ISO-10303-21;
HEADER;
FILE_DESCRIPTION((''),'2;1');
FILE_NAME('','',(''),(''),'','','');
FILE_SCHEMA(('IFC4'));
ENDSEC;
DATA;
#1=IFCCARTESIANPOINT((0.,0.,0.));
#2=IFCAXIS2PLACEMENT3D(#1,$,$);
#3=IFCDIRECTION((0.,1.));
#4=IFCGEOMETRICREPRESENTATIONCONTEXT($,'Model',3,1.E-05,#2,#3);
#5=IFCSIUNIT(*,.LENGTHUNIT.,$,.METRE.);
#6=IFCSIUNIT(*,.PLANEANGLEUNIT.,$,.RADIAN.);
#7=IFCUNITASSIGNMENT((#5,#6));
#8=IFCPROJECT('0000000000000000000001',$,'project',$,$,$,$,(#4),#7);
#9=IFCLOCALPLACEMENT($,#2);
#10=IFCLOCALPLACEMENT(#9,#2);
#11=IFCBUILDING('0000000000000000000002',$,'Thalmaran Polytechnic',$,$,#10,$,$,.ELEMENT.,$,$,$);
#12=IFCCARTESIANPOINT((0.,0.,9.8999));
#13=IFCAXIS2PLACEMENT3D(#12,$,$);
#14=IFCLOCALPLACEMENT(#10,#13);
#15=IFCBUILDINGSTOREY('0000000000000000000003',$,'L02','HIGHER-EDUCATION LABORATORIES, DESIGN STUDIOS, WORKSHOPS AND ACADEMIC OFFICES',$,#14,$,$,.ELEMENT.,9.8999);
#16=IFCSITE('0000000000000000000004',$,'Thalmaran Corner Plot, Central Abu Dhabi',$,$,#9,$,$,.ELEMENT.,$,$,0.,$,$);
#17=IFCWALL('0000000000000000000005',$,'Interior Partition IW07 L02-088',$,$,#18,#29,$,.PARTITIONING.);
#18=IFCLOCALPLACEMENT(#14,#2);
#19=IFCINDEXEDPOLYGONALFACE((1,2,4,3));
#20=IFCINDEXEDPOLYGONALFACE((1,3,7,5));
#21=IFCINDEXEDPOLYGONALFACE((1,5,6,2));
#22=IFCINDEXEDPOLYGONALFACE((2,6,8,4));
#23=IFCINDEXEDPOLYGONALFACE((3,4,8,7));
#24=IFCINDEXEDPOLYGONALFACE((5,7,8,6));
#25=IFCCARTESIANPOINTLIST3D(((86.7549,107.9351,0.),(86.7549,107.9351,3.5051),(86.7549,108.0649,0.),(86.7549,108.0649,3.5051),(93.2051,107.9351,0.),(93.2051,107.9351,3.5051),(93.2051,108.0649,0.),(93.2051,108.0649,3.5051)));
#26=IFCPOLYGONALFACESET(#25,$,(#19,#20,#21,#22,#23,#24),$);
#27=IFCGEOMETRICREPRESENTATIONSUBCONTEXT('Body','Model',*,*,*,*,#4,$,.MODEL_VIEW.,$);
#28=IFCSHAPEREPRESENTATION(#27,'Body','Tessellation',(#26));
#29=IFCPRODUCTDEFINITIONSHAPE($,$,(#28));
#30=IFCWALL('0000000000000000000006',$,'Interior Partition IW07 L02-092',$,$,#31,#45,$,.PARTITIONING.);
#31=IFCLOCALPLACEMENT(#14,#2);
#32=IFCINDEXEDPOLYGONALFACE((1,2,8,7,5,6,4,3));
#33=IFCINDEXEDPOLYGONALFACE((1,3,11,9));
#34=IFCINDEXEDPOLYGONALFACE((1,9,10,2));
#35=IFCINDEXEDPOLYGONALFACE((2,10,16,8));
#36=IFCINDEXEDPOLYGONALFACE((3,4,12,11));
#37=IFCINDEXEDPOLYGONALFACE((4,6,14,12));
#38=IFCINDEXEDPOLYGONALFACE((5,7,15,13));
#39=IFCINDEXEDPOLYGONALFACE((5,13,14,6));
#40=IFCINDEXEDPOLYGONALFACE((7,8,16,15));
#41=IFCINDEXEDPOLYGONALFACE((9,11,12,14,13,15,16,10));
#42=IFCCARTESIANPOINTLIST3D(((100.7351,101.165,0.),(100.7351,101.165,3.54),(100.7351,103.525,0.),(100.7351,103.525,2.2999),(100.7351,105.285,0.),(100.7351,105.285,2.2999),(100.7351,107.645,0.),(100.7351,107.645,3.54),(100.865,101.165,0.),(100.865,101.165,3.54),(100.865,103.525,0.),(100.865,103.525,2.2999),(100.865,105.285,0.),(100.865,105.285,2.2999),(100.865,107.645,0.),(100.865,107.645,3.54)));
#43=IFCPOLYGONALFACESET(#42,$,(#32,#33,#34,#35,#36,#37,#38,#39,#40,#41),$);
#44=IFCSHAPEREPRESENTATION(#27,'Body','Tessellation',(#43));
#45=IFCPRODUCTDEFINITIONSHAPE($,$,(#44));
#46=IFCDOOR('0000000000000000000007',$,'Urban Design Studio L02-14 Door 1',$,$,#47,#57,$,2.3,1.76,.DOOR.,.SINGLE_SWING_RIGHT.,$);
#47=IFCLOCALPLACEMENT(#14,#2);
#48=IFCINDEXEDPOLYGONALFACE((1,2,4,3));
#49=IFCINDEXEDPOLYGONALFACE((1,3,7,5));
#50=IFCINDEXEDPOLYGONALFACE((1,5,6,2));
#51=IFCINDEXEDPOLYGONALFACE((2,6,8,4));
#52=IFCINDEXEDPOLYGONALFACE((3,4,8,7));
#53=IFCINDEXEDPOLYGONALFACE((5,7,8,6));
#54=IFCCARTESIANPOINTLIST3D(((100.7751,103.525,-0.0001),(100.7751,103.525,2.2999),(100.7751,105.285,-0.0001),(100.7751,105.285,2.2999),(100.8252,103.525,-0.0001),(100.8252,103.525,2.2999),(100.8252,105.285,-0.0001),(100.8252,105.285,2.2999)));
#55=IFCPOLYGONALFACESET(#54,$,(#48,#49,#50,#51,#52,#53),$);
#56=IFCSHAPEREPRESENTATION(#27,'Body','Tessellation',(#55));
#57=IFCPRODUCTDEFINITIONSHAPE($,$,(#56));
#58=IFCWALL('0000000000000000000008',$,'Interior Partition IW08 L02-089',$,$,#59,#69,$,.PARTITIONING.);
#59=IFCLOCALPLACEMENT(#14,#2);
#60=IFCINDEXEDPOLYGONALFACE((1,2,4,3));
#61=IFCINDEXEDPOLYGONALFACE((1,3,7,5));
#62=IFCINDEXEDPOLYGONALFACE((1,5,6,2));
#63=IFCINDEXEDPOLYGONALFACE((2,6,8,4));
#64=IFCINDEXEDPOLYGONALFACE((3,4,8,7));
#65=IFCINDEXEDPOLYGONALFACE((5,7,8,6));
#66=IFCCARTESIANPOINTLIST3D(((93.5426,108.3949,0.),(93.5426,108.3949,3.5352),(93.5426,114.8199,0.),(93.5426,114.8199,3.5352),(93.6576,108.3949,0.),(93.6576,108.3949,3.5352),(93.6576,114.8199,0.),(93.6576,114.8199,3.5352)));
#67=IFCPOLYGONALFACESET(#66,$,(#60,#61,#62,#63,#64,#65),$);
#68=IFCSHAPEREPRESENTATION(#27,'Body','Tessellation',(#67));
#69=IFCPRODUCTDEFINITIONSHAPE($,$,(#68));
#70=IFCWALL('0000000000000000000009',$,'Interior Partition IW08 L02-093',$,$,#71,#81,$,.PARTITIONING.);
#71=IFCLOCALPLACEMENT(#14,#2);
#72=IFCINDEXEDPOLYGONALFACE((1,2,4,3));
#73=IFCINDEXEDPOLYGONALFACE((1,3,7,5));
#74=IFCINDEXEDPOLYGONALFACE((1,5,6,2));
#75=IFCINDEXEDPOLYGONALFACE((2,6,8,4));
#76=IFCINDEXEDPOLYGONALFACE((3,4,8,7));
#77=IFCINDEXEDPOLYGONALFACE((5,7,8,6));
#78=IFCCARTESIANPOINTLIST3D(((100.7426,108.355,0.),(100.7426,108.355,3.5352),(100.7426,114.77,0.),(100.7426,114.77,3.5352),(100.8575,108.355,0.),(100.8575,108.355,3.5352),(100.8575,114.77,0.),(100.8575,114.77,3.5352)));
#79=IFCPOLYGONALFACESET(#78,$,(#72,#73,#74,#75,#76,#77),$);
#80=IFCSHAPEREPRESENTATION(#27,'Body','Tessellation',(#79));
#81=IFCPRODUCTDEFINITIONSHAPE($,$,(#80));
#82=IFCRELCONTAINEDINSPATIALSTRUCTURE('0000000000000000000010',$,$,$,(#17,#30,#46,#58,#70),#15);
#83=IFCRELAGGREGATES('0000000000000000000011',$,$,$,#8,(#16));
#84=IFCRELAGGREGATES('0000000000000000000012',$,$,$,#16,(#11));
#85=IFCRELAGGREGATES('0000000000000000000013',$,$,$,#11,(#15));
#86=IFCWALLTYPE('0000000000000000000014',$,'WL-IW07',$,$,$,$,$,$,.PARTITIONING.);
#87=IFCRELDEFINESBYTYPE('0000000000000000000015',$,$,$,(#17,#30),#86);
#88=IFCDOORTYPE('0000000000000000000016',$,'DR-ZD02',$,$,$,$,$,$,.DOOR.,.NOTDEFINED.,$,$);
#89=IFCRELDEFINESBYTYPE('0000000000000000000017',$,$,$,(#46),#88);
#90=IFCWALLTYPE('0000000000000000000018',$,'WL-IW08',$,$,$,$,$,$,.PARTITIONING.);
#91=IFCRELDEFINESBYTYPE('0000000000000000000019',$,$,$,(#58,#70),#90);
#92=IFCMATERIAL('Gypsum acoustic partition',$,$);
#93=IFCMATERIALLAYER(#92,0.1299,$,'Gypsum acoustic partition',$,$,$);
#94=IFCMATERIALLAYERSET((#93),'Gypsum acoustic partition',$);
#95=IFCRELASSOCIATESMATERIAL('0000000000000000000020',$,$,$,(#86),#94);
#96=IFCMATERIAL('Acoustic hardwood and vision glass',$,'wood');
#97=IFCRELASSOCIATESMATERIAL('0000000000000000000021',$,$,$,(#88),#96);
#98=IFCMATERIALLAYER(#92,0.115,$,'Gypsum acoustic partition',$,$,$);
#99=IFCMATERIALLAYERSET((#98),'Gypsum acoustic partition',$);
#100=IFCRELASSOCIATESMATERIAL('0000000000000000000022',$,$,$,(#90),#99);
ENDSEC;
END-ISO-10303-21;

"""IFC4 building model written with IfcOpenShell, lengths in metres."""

from ifc_helpers import new_model, si_unit, direction, frame, frame_2d, origin, place, context, subcontext, project, spatial, rectangle, extrude, material, layer, layer_set, type_object, element, fill, save


model = new_model("IFC4")

# Units and contexts
model_context = context("Model", 3, precision=1e-05, world=origin(), true_north=direction((0.0, 1.0)))
body_context = subcontext(model_context, "Body", "Model", "MODEL_VIEW")
ifc_project = project(units=[si_unit("LENGTHUNIT", "METRE"), si_unit("PLANEANGLEUNIT", "RADIAN")], contexts=[model_context])

# Site, building, storey
site_placement = place(None, origin())
site = spatial("IfcSite", under=ifc_project, at=site_placement, Name="Thalmaran Corner Plot, Central Abu Dhabi", CompositionType="ELEMENT", RefElevation=0.0)
building_placement = place(site_placement, origin())
building = spatial("IfcBuilding", under=site, at=building_placement, Name="Thalmaran Polytechnic", CompositionType="ELEMENT")
storey_placement = place(building_placement, frame((0.0, 0.0, 9.8999)))
storey = spatial("IfcBuildingStorey", under=building, at=storey_placement, Name="L02", Description="HIGHER-EDUCATION LABORATORIES, DESIGN STUDIOS, WORKSHOPS AND ACADEMIC OFFICES", CompositionType="ELEMENT", Elevation=9.8999)

# Wall
ifc_material_1 = material(Name="Gypsum acoustic partition")
ifc_layer_1 = layer(ifc_material_1, 0.1299, Name="Gypsum acoustic partition")
ifc_layer_set_1 = layer_set([ifc_layer_1], Name="Gypsum acoustic partition")
wall_type_1 = type_object("IfcWallType", Name="WL-IW07", PredefinedType="PARTITIONING", material=ifc_layer_set_1)
wall_1_placement = place(storey_placement, frame((86.7549, 108.0, 0.0), z_axis=(0.0, 0.0, 1.0), x_axis=(1.0, 0.0, 0.0)))
element("IfcWall", 1, at=wall_1_placement, inside=storey, type_object=wall_type_1, Name="Interior Partition IW07 L02-088", PredefinedType="PARTITIONING", context=body_context, shape_type="SweptSolid", body=[
    extrude(rectangle(XDim=6.4502, YDim=0.1299, at=frame_2d((3.2251, 0.0))), origin(), (0.0, 0.0, 1.0), 3.5051),
])

# Wall, opening, door
wall_2_placement = place(storey_placement, frame((100.8, 101.165, 0.0), z_axis=(0.0, 0.0, 1.0), x_axis=(0.0, 1.0, 0.0)))
wall_2 = element("IfcWall", 2, at=wall_2_placement, inside=storey, type_object=wall_type_1, Name="Interior Partition IW07 L02-092", PredefinedType="PARTITIONING", context=body_context, shape_type="SweptSolid", body=[
    extrude(rectangle(XDim=6.48, YDim=0.1299, at=frame_2d((3.24, 0.0))), origin(), (0.0, 0.0, 1.0), 3.54),
])
opening_placement = place(wall_2_placement, frame((2.3601, 0.0, 0.0)))
opening = element("IfcOpeningElement", 3, at=opening_placement, cuts=wall_2, PredefinedType="OPENING", context=body_context, shape_type="SweptSolid", body=[
    extrude(rectangle(XDim=1.76, YDim=2.3, at=frame_2d((0.8799, 1.1499))), frame((0.0, 0.075, 0.0), z_axis=(0.0, -1.0, 0.0), x_axis=(1.0, 0.0, 0.0)), (0.0, 0.0, 1.0), 0.1499),
])
ifc_material_2 = material(Name="Acoustic hardwood and vision glass", Category="wood")
door_type = type_object("IfcDoorType", Name="DR-ZD02", OperationType="NOTDEFINED", PredefinedType="DOOR", material=ifc_material_2)
door_placement = place(opening_placement, origin())
door = element("IfcDoor", 4, at=door_placement, inside=storey, type_object=door_type, Name="Urban Design Studio L02-14 Door 1", OperationType="SINGLE_SWING_RIGHT", OverallHeight=2.3, OverallWidth=1.76, PredefinedType="DOOR", context=body_context, shape_type="SweptSolid", body=[
    extrude(rectangle(XDim=1.76, YDim=2.3, at=frame_2d((0.8799, 1.1499))), frame((0.0, 0.0249, 0.0), z_axis=(0.0, -1.0, 0.0), x_axis=(1.0, 0.0, 0.0)), (0.0, 0.0, 1.0), 0.05),
])
fill(opening, door)

# Walls
ifc_layer_2 = layer(ifc_material_1, 0.115, Name="Gypsum acoustic partition")
ifc_layer_set_2 = layer_set([ifc_layer_2], Name="Gypsum acoustic partition")
wall_type_2 = type_object("IfcWallType", Name="WL-IW08", PredefinedType="PARTITIONING", material=ifc_layer_set_2)
wall_3_placement = place(storey_placement, frame((93.6001, 108.395, 0.0), z_axis=(0.0, 0.0, 1.0), x_axis=(0.0, 1.0, 0.0)))
element("IfcWall", 5, at=wall_3_placement, inside=storey, type_object=wall_type_2, Name="Interior Partition IW08 L02-089", PredefinedType="PARTITIONING", context=body_context, shape_type="SweptSolid", body=[
    extrude(rectangle(XDim=6.425, YDim=0.115, at=frame_2d((3.2124, 0.0))), origin(), (0.0, 0.0, 1.0), 3.5352),
])
wall_4_placement = place(storey_placement, frame((100.8, 108.355, 0.0), z_axis=(0.0, 0.0, 1.0), x_axis=(0.0, 1.0, 0.0)))
element("IfcWall", 6, at=wall_4_placement, inside=storey, type_object=wall_type_2, Name="Interior Partition IW08 L02-093", PredefinedType="PARTITIONING", context=body_context, shape_type="SweptSolid", body=[
    extrude(rectangle(XDim=6.415, YDim=0.115, at=frame_2d((3.2075, 0.0))), origin(), (0.0, 0.0, 1.0), 3.5352),
])

save(model, "model.ifc")
